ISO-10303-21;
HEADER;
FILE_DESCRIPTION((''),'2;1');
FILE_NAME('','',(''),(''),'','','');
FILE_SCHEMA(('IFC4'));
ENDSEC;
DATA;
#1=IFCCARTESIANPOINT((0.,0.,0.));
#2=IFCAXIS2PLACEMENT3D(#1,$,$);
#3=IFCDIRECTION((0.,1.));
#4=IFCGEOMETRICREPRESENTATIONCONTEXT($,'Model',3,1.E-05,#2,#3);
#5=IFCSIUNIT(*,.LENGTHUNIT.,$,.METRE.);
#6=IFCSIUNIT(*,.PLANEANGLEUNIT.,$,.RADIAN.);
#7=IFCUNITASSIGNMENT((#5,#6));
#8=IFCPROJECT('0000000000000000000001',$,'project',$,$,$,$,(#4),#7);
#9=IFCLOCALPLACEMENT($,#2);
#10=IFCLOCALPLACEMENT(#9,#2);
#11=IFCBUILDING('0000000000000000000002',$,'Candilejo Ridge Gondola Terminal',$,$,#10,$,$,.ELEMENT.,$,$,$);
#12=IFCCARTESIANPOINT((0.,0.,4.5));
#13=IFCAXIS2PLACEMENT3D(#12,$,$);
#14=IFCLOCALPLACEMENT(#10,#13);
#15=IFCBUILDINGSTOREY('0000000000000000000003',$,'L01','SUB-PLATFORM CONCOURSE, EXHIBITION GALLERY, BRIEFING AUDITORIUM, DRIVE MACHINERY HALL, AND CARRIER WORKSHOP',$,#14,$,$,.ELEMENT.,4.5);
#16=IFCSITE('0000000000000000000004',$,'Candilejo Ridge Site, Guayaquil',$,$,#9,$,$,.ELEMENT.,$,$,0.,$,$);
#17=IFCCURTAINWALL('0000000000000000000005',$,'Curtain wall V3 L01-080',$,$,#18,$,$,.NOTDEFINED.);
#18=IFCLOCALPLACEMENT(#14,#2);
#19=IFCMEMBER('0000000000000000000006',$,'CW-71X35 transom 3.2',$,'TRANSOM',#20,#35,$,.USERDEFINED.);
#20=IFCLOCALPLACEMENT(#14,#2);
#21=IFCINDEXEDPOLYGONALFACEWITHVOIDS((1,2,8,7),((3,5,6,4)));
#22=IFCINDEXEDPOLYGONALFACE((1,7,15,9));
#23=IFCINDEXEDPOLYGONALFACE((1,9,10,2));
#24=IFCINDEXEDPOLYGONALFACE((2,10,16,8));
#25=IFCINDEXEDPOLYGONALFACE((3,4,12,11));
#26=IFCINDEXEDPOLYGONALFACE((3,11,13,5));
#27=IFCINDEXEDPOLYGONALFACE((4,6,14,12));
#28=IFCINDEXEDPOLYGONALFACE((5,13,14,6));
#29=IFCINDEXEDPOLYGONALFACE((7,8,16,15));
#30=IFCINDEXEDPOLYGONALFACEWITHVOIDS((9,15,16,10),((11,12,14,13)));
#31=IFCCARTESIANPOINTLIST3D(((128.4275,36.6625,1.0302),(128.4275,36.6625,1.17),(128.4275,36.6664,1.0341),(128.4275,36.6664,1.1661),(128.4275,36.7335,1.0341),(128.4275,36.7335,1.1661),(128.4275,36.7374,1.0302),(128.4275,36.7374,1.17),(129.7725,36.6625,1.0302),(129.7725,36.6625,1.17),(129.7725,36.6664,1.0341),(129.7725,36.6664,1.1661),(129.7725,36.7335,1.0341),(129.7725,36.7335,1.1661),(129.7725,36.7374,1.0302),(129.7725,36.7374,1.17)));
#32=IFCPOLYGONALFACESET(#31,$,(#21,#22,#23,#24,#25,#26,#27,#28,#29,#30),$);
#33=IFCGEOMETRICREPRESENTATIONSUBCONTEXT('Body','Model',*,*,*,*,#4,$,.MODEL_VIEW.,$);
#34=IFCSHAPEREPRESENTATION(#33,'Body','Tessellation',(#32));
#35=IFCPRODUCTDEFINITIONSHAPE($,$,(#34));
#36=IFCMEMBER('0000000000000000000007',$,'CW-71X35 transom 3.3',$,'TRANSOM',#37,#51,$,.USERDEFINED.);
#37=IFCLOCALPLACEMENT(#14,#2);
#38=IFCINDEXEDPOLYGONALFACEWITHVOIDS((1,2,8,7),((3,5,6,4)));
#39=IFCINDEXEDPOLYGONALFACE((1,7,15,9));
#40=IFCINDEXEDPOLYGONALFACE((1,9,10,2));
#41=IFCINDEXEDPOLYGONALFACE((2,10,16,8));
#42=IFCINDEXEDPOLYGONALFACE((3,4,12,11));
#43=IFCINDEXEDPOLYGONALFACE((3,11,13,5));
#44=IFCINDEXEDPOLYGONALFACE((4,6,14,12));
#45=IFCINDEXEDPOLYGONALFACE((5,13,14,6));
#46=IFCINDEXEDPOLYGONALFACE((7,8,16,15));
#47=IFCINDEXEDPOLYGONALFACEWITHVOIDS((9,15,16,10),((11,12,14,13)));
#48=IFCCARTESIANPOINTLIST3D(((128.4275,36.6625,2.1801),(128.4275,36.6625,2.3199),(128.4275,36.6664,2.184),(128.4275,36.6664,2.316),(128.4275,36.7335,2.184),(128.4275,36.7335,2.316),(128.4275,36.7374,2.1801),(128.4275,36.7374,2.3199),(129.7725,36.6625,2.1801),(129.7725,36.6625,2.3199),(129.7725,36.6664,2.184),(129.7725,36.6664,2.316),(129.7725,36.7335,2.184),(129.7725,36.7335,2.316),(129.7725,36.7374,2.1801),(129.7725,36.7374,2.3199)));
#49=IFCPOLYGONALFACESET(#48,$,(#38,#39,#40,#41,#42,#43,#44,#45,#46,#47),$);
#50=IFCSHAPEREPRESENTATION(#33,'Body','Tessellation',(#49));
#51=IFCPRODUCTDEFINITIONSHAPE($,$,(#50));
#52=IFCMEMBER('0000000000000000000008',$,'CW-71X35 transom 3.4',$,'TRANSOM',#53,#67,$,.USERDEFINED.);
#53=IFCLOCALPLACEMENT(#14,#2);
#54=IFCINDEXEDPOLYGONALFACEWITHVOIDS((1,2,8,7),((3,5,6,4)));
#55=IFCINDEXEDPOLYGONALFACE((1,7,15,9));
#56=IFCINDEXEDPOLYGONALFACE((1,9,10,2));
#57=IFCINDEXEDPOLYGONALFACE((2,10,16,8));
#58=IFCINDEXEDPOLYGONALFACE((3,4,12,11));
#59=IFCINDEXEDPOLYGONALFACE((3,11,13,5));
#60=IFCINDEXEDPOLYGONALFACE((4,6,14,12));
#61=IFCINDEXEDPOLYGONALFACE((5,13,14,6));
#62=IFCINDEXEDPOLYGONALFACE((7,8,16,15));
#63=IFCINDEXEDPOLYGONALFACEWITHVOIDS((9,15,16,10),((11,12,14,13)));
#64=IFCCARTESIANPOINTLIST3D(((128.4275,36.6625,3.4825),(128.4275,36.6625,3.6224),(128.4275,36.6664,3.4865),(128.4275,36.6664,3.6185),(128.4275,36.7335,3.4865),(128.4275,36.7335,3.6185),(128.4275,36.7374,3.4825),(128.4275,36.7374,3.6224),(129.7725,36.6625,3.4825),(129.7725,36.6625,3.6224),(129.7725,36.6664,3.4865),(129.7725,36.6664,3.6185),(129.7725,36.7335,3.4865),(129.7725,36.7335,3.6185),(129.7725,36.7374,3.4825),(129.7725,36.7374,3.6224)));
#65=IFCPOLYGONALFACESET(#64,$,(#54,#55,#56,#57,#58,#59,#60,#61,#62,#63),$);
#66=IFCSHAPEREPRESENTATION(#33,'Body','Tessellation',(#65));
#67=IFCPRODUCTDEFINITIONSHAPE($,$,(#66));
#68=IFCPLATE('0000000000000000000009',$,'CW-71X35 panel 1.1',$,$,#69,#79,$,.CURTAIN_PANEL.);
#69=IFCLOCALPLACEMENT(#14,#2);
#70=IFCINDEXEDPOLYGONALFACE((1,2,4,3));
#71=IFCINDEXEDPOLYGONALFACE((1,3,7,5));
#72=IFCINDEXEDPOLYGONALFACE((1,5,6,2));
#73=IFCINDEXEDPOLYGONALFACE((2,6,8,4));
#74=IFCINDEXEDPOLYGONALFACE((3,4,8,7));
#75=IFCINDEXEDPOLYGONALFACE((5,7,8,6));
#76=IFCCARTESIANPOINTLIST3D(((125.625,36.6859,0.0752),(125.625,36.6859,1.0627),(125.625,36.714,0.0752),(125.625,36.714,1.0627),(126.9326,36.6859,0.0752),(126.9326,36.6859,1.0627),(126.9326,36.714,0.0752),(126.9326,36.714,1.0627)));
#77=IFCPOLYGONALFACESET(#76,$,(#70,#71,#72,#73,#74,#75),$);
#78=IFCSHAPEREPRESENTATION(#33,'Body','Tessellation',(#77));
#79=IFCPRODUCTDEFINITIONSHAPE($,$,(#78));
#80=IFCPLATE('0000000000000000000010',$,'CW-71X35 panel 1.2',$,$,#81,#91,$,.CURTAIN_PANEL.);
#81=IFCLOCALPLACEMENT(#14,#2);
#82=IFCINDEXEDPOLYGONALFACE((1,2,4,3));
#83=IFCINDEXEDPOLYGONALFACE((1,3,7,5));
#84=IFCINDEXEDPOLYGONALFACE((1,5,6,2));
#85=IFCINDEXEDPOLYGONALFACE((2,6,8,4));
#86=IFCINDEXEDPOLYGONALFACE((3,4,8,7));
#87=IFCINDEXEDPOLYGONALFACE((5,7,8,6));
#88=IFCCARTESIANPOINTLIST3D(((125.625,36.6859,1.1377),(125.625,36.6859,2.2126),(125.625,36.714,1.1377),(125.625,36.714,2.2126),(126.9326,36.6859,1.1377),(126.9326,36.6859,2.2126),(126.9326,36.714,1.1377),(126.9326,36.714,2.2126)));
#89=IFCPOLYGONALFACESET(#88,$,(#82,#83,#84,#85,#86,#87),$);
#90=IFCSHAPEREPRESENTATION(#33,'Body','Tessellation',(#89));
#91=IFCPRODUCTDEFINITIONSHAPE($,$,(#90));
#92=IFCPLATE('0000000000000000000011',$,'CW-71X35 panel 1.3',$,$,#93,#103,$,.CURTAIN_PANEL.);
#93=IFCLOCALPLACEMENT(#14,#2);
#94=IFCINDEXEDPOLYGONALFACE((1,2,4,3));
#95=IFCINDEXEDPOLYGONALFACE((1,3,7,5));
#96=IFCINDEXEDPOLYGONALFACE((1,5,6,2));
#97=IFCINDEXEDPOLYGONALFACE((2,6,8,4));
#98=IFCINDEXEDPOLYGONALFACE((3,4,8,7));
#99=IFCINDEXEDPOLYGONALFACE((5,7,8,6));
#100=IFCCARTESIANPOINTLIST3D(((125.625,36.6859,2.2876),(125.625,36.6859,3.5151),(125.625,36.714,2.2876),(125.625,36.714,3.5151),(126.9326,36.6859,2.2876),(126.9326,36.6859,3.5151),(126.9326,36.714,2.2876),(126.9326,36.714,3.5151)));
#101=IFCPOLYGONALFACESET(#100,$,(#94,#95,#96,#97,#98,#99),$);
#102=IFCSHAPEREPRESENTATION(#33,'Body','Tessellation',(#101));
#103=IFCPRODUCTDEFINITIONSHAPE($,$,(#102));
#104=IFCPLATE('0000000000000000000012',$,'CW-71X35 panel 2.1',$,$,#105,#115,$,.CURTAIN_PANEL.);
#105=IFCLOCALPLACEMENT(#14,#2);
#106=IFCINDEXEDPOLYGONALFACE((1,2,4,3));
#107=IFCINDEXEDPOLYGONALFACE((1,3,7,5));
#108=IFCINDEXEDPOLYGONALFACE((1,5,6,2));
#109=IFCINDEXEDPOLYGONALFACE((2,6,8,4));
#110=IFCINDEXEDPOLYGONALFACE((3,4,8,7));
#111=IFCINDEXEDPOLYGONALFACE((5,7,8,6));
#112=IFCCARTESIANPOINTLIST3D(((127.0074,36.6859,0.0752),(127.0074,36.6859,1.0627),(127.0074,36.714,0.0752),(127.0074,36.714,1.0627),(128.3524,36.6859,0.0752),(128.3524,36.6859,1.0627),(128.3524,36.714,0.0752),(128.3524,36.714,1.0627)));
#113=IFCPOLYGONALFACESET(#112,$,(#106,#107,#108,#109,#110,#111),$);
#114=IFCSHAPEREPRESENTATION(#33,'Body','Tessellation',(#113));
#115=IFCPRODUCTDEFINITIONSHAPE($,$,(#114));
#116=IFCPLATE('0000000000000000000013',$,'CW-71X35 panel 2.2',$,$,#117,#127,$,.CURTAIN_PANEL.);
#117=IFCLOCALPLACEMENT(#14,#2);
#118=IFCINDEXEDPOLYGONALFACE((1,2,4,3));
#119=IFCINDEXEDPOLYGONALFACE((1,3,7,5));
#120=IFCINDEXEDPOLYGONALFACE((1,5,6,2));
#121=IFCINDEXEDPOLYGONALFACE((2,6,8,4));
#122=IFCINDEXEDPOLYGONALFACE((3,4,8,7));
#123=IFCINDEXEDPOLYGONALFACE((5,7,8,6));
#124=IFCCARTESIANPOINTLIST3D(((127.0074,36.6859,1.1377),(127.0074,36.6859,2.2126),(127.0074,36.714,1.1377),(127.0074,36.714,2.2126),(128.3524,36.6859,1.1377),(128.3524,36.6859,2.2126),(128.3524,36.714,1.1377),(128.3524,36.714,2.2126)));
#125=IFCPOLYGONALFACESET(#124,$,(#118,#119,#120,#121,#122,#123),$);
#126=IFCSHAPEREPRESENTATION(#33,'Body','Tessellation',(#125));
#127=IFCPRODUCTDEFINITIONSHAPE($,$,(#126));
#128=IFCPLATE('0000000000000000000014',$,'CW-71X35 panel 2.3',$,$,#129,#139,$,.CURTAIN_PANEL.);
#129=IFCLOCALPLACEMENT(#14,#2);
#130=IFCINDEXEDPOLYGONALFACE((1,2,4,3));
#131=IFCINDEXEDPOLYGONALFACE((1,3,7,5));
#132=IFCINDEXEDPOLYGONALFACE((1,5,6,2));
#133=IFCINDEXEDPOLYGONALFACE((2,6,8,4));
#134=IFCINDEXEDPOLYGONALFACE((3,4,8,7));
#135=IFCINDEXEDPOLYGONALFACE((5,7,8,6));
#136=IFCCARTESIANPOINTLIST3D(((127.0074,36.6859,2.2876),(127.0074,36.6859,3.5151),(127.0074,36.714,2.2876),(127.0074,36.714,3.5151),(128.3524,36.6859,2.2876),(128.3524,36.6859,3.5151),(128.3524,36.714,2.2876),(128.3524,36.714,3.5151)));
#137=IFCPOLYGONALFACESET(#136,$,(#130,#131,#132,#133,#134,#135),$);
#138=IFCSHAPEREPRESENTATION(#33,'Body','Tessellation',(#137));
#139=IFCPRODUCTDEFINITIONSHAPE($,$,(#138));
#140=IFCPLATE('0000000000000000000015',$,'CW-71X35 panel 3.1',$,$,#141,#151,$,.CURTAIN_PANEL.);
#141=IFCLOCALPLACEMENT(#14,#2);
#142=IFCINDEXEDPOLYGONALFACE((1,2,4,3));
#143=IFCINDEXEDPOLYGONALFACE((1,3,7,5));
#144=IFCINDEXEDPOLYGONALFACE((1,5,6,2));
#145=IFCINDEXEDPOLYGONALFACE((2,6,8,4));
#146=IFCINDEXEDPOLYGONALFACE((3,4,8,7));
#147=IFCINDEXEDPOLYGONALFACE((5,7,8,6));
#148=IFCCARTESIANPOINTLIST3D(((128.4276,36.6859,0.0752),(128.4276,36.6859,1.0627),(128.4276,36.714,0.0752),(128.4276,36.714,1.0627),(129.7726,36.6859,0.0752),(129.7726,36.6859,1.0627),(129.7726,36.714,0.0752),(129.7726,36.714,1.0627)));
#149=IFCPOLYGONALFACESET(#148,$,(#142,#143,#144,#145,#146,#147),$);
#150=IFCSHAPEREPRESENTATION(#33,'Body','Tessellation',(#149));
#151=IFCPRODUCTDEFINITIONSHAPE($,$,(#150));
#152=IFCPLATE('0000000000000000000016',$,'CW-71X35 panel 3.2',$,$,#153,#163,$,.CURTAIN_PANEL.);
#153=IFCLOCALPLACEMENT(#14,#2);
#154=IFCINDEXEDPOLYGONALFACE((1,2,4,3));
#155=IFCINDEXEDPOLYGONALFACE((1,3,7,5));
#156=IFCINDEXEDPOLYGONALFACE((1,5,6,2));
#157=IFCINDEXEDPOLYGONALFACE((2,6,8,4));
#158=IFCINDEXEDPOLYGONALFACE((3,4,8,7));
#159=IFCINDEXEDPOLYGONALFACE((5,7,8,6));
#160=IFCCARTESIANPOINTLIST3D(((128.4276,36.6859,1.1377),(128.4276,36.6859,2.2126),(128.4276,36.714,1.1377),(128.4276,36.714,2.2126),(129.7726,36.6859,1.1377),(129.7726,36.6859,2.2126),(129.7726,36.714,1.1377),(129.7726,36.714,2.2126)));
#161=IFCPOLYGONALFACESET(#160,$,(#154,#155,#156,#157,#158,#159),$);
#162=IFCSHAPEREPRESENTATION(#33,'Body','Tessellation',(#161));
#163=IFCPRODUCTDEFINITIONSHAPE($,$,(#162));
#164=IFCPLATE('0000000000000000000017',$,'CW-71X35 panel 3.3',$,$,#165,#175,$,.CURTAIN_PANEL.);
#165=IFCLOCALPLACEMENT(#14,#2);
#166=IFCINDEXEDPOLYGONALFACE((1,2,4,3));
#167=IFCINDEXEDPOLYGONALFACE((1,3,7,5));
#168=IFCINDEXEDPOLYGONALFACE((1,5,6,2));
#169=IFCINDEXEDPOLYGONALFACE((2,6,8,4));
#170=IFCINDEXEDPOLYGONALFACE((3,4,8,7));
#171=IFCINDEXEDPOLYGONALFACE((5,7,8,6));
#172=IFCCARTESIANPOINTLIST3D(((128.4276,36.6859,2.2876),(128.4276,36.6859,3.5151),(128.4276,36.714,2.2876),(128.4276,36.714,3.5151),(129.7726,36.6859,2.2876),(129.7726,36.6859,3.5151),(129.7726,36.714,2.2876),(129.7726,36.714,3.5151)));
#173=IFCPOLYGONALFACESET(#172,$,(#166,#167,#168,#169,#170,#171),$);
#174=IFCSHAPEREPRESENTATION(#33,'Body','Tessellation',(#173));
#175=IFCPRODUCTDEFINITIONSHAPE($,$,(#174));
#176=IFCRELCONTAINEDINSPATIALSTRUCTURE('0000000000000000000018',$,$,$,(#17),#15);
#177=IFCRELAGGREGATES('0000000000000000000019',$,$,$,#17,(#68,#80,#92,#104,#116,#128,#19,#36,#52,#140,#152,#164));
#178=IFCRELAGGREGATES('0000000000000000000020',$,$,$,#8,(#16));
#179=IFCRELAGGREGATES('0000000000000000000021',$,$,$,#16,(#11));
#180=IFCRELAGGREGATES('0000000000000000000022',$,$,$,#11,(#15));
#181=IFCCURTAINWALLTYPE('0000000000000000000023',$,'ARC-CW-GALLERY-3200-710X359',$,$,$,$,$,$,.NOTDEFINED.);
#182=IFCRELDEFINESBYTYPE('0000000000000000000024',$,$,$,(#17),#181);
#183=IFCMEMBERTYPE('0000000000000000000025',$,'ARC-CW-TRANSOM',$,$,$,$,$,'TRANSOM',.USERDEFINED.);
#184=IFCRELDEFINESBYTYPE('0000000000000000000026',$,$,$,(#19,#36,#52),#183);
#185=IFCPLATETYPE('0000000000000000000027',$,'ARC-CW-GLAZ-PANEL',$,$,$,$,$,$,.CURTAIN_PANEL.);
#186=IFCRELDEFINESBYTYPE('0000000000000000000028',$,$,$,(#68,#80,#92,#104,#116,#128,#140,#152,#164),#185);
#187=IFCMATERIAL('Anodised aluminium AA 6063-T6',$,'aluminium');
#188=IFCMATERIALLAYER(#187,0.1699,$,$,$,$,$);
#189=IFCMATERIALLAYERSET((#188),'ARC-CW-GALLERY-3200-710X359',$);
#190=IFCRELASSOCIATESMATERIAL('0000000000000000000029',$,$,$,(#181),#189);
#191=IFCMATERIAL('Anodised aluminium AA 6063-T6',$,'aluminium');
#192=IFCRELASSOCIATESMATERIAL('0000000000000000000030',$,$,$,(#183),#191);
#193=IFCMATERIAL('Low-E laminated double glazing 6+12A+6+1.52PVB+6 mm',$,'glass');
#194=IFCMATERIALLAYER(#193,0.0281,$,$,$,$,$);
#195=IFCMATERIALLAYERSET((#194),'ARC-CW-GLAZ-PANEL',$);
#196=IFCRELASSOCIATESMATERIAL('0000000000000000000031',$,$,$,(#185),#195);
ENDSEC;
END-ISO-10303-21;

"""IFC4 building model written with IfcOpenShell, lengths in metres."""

from ifc_helpers import new_model, si_unit, direction, frame, origin, origin_2d, place, context, subcontext, project, spatial, rectangle, hollow_rectangle, extrude, material, layer, layer_set, material_profile, profile_set, type_object, element, aggregate, save


model = new_model("IFC4")

# Units and contexts
model_context = context("Model", 3, precision=1e-05, world=origin(), true_north=direction((0.0, 1.0)))
body_context = subcontext(model_context, "Body", "Model", "MODEL_VIEW")
ifc_project = project(units=[si_unit("LENGTHUNIT", "METRE"), si_unit("PLANEANGLEUNIT", "RADIAN")], contexts=[model_context])

# Site, building, storey
site_placement = place(None, origin())
site = spatial("IfcSite", under=ifc_project, at=site_placement, Name="Candilejo Ridge Site, Guayaquil", CompositionType="ELEMENT", RefElevation=0.0)
building_placement = place(site_placement, origin())
building = spatial("IfcBuilding", under=site, at=building_placement, Name="Candilejo Ridge Gondola Terminal", CompositionType="ELEMENT")
storey_placement = place(building_placement, frame((0.0, 0.0, 4.5)))
storey = spatial("IfcBuildingStorey", under=building, at=storey_placement, Name="L01", Description="SUB-PLATFORM CONCOURSE, EXHIBITION GALLERY, BRIEFING AUDITORIUM, DRIVE MACHINERY HALL, AND CARRIER WORKSHOP", CompositionType="ELEMENT", Elevation=4.5)

# Curtain wall, members, plates
ifc_material_1 = material(Name="Anodised aluminium AA 6063-T6", Category="aluminium")
ifc_layer_1 = layer(ifc_material_1, 0.1699)
ifc_layer_set_1 = layer_set([ifc_layer_1], Name="ARC-CW-GALLERY-3200-710X359")
curtain_wall_type = type_object("IfcCurtainWallType", Name="ARC-CW-GALLERY-3200-710X359", PredefinedType="NOTDEFINED", material=ifc_layer_set_1)
curtain_wall_placement = place(storey_placement, origin())
curtain_wall = element("IfcCurtainWall", 1, at=curtain_wall_placement, inside=storey, type_object=curtain_wall_type, Name="Curtain wall V3 L01-080", PredefinedType="NOTDEFINED")
ifc_material_2 = material(Name="Anodised aluminium AA 6063-T6", Category="aluminium")
ifc_material_profile_1 = material_profile(ifc_material_2, hollow_rectangle(XDim=0.075, YDim=0.1399, WallThickness=0.0039, at=origin_2d()))
ifc_profile_set_1 = profile_set([ifc_material_profile_1], Name="Anodised aluminium AA 6063-T6")
member_type_1 = type_object("IfcMemberType", Name="ARC-CW-TRANSOM", ElementType="TRANSOM", PredefinedType="USERDEFINED", material=ifc_profile_set_1)
member_1_placement = place(storey_placement, frame((128.4275, 36.7, 1.1001), z_axis=(1.0, 0.0, 0.0), x_axis=(0.0, 1.0, 0.0)))
member_1 = element("IfcMember", 2, at=member_1_placement, type_object=member_type_1, Name="CW-71X35 transom 3.2", ObjectType="TRANSOM", PredefinedType="USERDEFINED", context=body_context, shape_type="SweptSolid", body=[
    extrude(hollow_rectangle(XDim=0.075, YDim=0.1399, WallThickness=0.0039, at=origin_2d()), origin(), (0.0, 0.0, 1.0), 1.345),
])
member_2_placement = place(storey_placement, frame((128.4275, 36.7, 2.25), z_axis=(1.0, 0.0, 0.0), x_axis=(0.0, 1.0, 0.0)))
member_2 = element("IfcMember", 3, at=member_2_placement, type_object=member_type_1, Name="CW-71X35 transom 3.3", ObjectType="TRANSOM", PredefinedType="USERDEFINED", context=body_context, shape_type="SweptSolid", body=[
    extrude(hollow_rectangle(XDim=0.075, YDim=0.1399, WallThickness=0.0039, at=origin_2d()), origin(), (0.0, 0.0, 1.0), 1.345),
])
member_3_placement = place(storey_placement, frame((128.4275, 36.7, 3.5525), z_axis=(1.0, 0.0, 0.0), x_axis=(0.0, 1.0, 0.0)))
member_3 = element("IfcMember", 4, at=member_3_placement, type_object=member_type_1, Name="CW-71X35 transom 3.4", ObjectType="TRANSOM", PredefinedType="USERDEFINED", context=body_context, shape_type="SweptSolid", body=[
    extrude(hollow_rectangle(XDim=0.075, YDim=0.1399, WallThickness=0.0039, at=origin_2d()), origin(), (0.0, 0.0, 1.0), 1.345),
])
ifc_material_3 = material(Name="Low-E laminated double glazing 6+12A+6+1.52PVB+6 mm", Category="glass")
ifc_layer_2 = layer(ifc_material_3, 0.0281)
ifc_layer_set_2 = layer_set([ifc_layer_2], Name="ARC-CW-GLAZ-PANEL")
plate_type = type_object("IfcPlateType", Name="ARC-CW-GLAZ-PANEL", PredefinedType="CURTAIN_PANEL", material=ifc_layer_set_2)
plate_1_placement = place(storey_placement, frame((126.2788, 36.7, 0.0752), z_axis=(0.0, 0.0, 1.0), x_axis=(1.0, 0.0, 0.0)))
plate_1 = element("IfcPlate", 5, at=plate_1_placement, type_object=plate_type, Name="CW-71X35 panel 1.1", PredefinedType="CURTAIN_PANEL", context=body_context, shape_type="SweptSolid", body=[
    extrude(rectangle(XDim=1.3076, YDim=0.0281, at=origin_2d()), origin(), (0.0, 0.0, 1.0), 0.9875),
])
plate_2_placement = place(storey_placement, frame((126.2788, 36.7, 1.1377), z_axis=(0.0, 0.0, 1.0), x_axis=(1.0, 0.0, 0.0)))
plate_2 = element("IfcPlate", 6, at=plate_2_placement, type_object=plate_type, Name="CW-71X35 panel 1.2", PredefinedType="CURTAIN_PANEL", context=body_context, shape_type="SweptSolid", body=[
    extrude(rectangle(XDim=1.3076, YDim=0.0281, at=origin_2d()), origin(), (0.0, 0.0, 1.0), 1.075),
])
plate_3_placement = place(storey_placement, frame((126.2788, 36.7, 2.2876), z_axis=(0.0, 0.0, 1.0), x_axis=(1.0, 0.0, 0.0)))
plate_3 = element("IfcPlate", 7, at=plate_3_placement, type_object=plate_type, Name="CW-71X35 panel 1.3", PredefinedType="CURTAIN_PANEL", context=body_context, shape_type="SweptSolid", body=[
    extrude(rectangle(XDim=1.3076, YDim=0.0281, at=origin_2d()), origin(), (0.0, 0.0, 1.0), 1.2275),
])
plate_4_placement = place(storey_placement, frame((127.6799, 36.7, 0.0752), z_axis=(0.0, 0.0, 1.0), x_axis=(1.0, 0.0, 0.0)))
plate_4 = element("IfcPlate", 8, at=plate_4_placement, type_object=plate_type, Name="CW-71X35 panel 2.1", PredefinedType="CURTAIN_PANEL", context=body_context, shape_type="SweptSolid", body=[
    extrude(rectangle(XDim=1.345, YDim=0.0281, at=origin_2d()), origin(), (0.0, 0.0, 1.0), 0.9875),
])
plate_5_placement = place(storey_placement, frame((127.6799, 36.7, 1.1377), z_axis=(0.0, 0.0, 1.0), x_axis=(1.0, 0.0, 0.0)))
plate_5 = element("IfcPlate", 9, at=plate_5_placement, type_object=plate_type, Name="CW-71X35 panel 2.2", PredefinedType="CURTAIN_PANEL", context=body_context, shape_type="SweptSolid", body=[
    extrude(rectangle(XDim=1.345, YDim=0.0281, at=origin_2d()), origin(), (0.0, 0.0, 1.0), 1.075),
])
plate_6_placement = place(storey_placement, frame((127.6799, 36.7, 2.2876), z_axis=(0.0, 0.0, 1.0), x_axis=(1.0, 0.0, 0.0)))
plate_6 = element("IfcPlate", 10, at=plate_6_placement, type_object=plate_type, Name="CW-71X35 panel 2.3", PredefinedType="CURTAIN_PANEL", context=body_context, shape_type="SweptSolid", body=[
    extrude(rectangle(XDim=1.345, YDim=0.0281, at=origin_2d()), origin(), (0.0, 0.0, 1.0), 1.2275),
])
plate_7_placement = place(storey_placement, frame((129.1001, 36.7, 0.0752), z_axis=(0.0, 0.0, 1.0), x_axis=(1.0, 0.0, 0.0)))
plate_7 = element("IfcPlate", 11, at=plate_7_placement, type_object=plate_type, Name="CW-71X35 panel 3.1", PredefinedType="CURTAIN_PANEL", context=body_context, shape_type="SweptSolid", body=[
    extrude(rectangle(XDim=1.345, YDim=0.0281, at=origin_2d()), origin(), (0.0, 0.0, 1.0), 0.9875),
])
plate_8_placement = place(storey_placement, frame((129.1001, 36.7, 1.1377), z_axis=(0.0, 0.0, 1.0), x_axis=(1.0, 0.0, 0.0)))
plate_8 = element("IfcPlate", 12, at=plate_8_placement, type_object=plate_type, Name="CW-71X35 panel 3.2", PredefinedType="CURTAIN_PANEL", context=body_context, shape_type="SweptSolid", body=[
    extrude(rectangle(XDim=1.345, YDim=0.0281, at=origin_2d()), origin(), (0.0, 0.0, 1.0), 1.075),
])
plate_9_placement = place(storey_placement, frame((129.1001, 36.7, 2.2876), z_axis=(0.0, 0.0, 1.0), x_axis=(1.0, 0.0, 0.0)))
plate_9 = element("IfcPlate", 13, at=plate_9_placement, type_object=plate_type, Name="CW-71X35 panel 3.3", PredefinedType="CURTAIN_PANEL", context=body_context, shape_type="SweptSolid", body=[
    extrude(rectangle(XDim=1.345, YDim=0.0281, at=origin_2d()), origin(), (0.0, 0.0, 1.0), 1.2275),
])
aggregate(curtain_wall, [plate_1, plate_2, plate_3, plate_4, plate_5, plate_6, member_1, member_2, member_3, plate_7, plate_8, plate_9])

save(model, "model.ifc")
